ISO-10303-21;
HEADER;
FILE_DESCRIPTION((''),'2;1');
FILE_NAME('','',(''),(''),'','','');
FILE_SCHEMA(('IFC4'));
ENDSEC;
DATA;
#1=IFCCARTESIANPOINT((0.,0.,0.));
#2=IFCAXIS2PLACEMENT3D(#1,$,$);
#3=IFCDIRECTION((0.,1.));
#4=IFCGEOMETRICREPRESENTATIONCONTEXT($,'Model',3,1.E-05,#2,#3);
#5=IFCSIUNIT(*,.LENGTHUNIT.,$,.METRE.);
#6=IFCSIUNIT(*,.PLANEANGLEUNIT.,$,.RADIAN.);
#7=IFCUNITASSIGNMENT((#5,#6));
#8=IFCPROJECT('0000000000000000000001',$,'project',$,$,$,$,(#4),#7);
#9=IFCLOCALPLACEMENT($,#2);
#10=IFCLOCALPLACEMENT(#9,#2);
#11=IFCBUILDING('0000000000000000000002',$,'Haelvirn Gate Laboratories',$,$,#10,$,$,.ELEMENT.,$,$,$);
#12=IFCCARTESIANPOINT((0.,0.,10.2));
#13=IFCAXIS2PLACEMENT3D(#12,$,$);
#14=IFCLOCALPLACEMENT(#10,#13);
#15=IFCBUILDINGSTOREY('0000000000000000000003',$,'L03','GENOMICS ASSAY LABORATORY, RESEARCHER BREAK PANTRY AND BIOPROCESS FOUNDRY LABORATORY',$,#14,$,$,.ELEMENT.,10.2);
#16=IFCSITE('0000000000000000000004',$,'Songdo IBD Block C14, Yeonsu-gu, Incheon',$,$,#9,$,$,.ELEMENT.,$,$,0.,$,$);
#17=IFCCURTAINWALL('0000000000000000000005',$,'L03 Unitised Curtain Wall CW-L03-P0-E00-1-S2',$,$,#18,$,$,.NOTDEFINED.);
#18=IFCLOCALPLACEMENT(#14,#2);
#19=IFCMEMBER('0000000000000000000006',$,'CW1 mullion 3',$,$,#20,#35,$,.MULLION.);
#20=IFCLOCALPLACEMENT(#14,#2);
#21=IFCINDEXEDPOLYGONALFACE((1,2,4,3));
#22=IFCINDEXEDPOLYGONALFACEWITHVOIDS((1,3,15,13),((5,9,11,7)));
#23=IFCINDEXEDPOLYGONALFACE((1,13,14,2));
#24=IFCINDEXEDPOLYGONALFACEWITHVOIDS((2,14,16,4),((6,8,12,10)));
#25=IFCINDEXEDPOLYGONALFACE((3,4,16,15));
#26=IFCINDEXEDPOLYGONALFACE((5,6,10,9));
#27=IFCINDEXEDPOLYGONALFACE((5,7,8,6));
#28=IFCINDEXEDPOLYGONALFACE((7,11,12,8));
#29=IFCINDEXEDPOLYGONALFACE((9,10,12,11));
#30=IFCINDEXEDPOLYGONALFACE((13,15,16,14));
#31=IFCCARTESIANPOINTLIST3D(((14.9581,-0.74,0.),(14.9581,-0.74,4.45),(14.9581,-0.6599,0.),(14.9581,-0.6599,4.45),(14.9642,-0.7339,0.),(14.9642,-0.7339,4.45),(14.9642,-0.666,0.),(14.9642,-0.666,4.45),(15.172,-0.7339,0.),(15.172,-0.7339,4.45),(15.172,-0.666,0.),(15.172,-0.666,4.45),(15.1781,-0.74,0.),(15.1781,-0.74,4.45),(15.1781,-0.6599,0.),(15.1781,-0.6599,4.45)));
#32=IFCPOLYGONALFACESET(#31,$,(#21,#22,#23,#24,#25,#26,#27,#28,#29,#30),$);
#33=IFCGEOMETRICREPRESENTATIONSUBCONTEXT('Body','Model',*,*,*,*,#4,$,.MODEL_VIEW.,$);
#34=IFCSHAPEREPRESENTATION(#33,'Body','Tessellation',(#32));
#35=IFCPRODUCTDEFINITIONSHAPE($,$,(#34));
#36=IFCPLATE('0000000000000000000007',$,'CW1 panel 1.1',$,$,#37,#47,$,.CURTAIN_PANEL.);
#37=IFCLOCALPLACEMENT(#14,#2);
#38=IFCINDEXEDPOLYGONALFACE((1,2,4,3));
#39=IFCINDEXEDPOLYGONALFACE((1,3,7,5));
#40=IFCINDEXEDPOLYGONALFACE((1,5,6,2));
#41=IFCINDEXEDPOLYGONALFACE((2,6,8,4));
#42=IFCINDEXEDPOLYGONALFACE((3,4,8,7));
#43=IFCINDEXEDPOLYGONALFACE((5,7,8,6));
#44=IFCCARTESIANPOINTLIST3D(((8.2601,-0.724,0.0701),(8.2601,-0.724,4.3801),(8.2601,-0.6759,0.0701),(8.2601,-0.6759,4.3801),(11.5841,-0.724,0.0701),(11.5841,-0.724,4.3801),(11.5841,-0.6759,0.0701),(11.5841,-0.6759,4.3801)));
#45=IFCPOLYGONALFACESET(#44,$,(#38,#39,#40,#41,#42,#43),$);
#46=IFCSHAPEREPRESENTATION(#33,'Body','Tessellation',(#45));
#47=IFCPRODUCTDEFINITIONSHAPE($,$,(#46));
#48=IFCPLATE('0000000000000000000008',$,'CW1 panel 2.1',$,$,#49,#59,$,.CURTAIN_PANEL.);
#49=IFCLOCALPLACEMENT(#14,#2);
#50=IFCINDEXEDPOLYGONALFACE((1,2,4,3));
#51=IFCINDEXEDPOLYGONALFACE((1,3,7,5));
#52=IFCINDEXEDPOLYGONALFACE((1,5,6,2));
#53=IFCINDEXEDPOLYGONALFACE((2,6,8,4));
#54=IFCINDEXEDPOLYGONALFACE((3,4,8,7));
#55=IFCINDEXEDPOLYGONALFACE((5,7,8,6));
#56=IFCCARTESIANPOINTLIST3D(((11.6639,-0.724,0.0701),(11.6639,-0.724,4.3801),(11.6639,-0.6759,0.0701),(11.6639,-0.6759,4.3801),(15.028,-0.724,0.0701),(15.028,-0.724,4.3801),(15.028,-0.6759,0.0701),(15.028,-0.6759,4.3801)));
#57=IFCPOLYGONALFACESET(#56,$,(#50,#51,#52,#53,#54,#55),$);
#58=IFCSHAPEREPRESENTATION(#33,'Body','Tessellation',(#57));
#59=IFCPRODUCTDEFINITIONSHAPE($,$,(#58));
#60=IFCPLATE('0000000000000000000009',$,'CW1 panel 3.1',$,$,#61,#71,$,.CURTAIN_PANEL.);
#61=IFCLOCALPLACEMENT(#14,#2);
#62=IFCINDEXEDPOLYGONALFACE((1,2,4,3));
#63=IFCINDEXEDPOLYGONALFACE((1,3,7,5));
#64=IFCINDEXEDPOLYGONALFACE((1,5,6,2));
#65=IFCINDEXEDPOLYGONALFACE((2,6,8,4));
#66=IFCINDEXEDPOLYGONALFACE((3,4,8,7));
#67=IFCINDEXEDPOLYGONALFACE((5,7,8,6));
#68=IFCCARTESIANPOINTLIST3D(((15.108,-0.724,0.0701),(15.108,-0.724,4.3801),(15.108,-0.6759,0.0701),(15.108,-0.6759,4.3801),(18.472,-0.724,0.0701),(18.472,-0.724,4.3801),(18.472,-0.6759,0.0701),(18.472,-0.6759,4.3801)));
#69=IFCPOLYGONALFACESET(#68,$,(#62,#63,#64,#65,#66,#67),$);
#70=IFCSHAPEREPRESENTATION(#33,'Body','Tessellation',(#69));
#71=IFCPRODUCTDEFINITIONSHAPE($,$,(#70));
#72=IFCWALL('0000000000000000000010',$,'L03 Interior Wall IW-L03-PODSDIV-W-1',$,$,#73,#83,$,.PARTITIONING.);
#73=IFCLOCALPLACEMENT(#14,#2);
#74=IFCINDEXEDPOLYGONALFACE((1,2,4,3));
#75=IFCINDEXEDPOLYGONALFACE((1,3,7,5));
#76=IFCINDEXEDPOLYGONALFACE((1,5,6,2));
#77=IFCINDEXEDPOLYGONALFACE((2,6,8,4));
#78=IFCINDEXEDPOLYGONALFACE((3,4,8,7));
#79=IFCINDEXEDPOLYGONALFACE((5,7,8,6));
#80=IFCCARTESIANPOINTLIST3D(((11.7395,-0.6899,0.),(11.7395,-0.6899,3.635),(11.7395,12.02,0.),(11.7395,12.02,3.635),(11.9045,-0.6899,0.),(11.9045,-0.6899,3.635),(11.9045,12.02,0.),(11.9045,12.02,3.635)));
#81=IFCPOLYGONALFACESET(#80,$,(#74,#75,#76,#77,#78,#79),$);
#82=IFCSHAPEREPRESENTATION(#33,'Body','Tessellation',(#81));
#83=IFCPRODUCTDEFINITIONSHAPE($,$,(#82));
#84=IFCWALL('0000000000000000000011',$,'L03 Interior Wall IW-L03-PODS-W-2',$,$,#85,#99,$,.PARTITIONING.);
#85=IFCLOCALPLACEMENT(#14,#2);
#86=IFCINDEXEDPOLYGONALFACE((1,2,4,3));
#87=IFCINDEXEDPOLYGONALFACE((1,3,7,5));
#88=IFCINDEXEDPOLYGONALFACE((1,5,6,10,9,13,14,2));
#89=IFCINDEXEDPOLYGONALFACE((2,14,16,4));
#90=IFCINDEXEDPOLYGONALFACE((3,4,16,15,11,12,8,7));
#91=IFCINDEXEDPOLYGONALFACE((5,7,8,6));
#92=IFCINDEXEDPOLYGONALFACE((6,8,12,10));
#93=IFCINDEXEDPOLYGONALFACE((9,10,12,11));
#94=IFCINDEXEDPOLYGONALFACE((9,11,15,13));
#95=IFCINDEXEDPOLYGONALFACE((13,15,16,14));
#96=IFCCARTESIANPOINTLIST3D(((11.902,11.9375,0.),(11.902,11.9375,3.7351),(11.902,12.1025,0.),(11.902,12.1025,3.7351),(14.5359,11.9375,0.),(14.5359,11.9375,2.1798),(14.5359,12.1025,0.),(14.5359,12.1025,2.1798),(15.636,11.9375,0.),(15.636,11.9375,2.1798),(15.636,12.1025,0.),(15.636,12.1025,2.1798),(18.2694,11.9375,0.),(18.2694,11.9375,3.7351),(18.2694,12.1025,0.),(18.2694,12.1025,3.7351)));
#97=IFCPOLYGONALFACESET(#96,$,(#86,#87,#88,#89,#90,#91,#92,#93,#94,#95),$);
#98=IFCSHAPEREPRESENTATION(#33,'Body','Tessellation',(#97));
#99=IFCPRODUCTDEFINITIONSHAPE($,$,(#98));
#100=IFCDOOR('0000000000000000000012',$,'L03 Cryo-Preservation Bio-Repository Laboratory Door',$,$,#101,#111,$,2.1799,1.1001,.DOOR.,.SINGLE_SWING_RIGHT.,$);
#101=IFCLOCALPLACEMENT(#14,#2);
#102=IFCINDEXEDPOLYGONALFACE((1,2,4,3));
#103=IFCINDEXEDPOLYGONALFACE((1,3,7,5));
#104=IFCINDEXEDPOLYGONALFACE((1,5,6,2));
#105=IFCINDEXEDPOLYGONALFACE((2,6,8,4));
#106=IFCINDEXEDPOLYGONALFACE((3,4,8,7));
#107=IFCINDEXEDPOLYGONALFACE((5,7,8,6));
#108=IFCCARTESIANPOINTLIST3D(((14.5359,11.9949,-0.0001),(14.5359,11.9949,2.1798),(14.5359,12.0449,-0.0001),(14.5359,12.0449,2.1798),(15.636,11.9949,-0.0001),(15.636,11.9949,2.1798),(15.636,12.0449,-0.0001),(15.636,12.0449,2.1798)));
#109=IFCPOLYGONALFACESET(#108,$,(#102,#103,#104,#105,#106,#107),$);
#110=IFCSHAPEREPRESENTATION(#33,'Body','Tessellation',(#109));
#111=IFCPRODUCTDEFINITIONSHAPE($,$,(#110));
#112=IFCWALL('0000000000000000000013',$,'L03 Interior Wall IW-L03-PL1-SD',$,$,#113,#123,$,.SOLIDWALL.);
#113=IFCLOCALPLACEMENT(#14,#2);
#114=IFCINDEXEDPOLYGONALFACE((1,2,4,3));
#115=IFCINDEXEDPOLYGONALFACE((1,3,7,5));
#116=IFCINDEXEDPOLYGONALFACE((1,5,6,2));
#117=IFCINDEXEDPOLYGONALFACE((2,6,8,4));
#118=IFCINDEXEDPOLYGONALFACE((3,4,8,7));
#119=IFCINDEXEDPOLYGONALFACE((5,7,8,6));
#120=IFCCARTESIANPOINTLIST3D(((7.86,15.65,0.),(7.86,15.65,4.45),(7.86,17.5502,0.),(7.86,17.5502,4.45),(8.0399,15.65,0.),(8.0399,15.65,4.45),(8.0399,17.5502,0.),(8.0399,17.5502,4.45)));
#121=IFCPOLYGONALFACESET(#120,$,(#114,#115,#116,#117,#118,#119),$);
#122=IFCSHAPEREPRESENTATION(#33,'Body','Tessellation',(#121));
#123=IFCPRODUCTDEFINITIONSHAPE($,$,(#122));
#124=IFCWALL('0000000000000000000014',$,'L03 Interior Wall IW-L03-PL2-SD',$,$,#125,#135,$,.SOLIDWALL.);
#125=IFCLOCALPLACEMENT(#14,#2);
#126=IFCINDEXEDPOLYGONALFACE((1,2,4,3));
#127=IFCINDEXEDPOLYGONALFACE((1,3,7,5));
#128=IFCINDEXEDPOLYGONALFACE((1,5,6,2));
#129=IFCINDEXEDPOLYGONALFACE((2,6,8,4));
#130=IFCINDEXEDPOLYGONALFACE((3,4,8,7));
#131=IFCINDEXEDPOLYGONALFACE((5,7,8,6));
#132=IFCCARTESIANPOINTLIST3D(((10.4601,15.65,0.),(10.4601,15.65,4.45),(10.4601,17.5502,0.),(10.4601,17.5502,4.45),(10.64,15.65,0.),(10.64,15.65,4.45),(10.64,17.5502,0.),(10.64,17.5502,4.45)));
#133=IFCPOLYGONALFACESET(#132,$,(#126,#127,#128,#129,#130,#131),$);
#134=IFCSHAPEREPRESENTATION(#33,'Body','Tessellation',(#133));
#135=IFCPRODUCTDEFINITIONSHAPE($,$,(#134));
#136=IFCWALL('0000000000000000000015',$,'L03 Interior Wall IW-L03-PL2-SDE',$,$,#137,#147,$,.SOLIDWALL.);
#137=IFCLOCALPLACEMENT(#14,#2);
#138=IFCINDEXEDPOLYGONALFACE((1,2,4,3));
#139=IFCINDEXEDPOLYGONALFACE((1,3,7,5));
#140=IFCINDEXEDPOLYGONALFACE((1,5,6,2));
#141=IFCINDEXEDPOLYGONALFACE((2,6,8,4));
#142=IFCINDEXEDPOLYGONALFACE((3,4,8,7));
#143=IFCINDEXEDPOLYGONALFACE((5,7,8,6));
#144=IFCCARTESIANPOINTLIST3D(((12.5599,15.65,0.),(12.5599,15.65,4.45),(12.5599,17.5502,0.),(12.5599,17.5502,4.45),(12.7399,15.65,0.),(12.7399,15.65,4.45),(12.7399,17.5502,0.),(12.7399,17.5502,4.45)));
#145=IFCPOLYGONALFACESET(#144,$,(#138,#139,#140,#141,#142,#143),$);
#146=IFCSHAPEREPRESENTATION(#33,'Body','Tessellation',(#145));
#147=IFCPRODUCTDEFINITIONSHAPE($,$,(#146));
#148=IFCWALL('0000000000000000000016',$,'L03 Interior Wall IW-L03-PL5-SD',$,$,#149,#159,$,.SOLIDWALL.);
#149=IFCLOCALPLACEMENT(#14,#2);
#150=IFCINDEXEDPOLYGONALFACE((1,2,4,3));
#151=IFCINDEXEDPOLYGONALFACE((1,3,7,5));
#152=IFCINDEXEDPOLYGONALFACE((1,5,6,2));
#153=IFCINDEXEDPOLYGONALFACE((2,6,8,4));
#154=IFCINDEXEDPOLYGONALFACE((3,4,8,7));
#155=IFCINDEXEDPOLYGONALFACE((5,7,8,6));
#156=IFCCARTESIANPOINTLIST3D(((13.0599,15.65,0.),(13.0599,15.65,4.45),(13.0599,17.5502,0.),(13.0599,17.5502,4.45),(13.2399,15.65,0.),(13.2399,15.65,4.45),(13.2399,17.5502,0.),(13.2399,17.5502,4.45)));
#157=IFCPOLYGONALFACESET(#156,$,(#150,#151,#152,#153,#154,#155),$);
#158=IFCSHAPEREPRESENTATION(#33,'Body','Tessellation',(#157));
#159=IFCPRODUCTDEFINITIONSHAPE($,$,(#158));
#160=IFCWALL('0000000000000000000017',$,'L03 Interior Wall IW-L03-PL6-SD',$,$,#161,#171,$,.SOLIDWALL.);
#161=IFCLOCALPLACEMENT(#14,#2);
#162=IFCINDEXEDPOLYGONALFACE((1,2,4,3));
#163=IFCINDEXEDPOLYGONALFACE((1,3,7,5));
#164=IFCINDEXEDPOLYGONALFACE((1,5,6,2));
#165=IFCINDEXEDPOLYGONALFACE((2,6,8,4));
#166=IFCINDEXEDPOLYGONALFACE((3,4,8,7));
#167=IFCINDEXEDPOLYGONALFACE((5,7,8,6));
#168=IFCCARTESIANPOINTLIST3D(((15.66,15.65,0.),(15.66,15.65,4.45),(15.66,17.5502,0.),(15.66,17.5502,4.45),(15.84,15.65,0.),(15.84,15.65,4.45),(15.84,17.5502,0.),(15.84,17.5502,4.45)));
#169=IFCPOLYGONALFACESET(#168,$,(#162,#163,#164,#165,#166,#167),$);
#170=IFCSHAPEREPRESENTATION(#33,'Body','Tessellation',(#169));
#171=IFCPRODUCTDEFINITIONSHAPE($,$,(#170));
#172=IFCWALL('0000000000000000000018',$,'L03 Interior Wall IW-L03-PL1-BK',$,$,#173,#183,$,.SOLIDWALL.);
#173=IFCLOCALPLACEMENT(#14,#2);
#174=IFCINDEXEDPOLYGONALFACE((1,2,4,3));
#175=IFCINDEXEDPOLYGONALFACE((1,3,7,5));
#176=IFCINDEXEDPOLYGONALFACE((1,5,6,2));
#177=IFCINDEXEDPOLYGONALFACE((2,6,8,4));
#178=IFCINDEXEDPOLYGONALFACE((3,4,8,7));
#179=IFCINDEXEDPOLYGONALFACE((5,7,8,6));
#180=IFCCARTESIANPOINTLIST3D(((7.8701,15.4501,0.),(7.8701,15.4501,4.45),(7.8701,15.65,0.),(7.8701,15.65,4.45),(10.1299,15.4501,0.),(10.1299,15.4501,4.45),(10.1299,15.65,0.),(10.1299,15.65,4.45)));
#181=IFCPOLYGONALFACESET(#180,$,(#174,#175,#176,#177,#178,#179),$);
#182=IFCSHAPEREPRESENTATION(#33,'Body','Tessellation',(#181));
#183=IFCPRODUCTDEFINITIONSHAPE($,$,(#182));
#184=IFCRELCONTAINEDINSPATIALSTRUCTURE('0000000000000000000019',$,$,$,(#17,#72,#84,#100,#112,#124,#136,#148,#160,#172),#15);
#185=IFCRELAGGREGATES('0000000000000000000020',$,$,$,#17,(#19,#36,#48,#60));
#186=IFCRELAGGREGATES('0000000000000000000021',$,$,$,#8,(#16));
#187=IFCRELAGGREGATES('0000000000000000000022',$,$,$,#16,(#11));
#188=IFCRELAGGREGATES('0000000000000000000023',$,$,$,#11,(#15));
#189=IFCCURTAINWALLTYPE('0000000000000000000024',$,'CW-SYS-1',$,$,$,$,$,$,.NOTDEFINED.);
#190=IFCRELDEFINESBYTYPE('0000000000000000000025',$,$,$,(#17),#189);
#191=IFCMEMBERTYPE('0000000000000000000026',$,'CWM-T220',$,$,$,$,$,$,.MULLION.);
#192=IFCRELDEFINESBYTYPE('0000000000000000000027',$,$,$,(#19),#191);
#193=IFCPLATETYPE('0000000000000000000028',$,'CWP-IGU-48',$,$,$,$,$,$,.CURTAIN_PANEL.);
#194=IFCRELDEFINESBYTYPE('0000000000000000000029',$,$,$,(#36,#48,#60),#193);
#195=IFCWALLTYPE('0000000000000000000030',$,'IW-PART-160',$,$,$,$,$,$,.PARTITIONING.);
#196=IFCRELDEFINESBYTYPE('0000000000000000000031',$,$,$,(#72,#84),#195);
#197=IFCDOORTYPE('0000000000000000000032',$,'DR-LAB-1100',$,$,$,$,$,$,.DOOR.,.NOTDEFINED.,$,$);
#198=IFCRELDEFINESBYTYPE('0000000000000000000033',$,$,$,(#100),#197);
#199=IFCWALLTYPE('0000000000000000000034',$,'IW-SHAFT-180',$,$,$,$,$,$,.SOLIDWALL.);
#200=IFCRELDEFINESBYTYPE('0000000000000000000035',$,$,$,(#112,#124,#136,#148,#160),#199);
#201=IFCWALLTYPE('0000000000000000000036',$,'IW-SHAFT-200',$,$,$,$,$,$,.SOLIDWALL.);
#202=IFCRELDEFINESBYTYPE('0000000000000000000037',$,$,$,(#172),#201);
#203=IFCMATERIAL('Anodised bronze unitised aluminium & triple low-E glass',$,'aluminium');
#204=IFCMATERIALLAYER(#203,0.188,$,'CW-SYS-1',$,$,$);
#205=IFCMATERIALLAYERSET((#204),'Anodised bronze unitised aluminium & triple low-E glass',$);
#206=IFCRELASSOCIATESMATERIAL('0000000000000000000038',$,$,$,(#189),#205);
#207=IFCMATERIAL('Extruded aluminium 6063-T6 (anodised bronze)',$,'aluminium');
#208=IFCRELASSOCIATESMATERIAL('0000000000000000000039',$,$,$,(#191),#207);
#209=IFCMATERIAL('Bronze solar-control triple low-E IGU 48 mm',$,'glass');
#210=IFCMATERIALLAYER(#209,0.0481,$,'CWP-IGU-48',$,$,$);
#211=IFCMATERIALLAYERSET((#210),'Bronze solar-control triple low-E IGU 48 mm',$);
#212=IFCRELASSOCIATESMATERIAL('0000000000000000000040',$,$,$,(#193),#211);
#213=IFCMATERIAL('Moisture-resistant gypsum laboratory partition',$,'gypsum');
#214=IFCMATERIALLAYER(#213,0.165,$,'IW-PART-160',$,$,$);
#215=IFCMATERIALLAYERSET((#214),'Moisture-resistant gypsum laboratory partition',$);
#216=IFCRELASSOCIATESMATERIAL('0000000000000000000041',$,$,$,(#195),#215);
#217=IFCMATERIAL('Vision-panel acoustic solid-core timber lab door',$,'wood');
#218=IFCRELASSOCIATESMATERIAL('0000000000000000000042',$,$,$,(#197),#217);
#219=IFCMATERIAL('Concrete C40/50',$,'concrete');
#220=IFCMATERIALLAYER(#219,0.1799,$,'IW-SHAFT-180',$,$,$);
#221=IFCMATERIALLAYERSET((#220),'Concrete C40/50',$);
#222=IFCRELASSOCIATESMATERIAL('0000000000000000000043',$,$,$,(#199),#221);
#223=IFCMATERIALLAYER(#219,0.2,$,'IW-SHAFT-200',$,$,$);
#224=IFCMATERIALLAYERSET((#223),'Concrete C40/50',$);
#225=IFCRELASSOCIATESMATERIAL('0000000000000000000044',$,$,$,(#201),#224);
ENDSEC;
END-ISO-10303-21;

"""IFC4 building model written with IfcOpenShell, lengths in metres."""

from ifc_helpers import new_model, si_unit, direction, frame, frame_2d, origin, origin_2d, place, context, subcontext, project, spatial, rectangle, hollow_rectangle, extrude, source, transform, mapped, material, layer, layer_set, material_profile, profile_set, type_object, type_shapes, element, fill, aggregate, save


model = new_model("IFC4")

# Units and contexts
model_context = context("Model", 3, precision=1e-05, world=origin(), true_north=direction((0.0, 1.0)))
body_context = subcontext(model_context, "Body", "Model", "MODEL_VIEW")
ifc_project = project(units=[si_unit("LENGTHUNIT", "METRE"), si_unit("PLANEANGLEUNIT", "RADIAN")], contexts=[model_context])

# Site, building, storey
site_placement = place(None, origin())
site = spatial("IfcSite", under=ifc_project, at=site_placement, Name="Songdo IBD Block C14, Yeonsu-gu, Incheon", CompositionType="ELEMENT", RefElevation=0.0)
building_placement = place(site_placement, origin())
building = spatial("IfcBuilding", under=site, at=building_placement, Name="Haelvirn Gate Laboratories", CompositionType="ELEMENT")
storey_placement = place(building_placement, frame((0.0, 0.0, 10.2)))
storey = spatial("IfcBuildingStorey", under=building, at=storey_placement, Name="L03", Description="GENOMICS ASSAY LABORATORY, RESEARCHER BREAK PANTRY AND BIOPROCESS FOUNDRY LABORATORY", CompositionType="ELEMENT", Elevation=10.2)

# Curtain wall, member, plates
ifc_material_1 = material(Name="Anodised bronze unitised aluminium & triple low-E glass", Category="aluminium")
ifc_layer_1 = layer(ifc_material_1, 0.188, Name="CW-SYS-1")
ifc_layer_set_1 = layer_set([ifc_layer_1], Name="Anodised bronze unitised aluminium & triple low-E glass")
curtain_wall_type = type_object("IfcCurtainWallType", Name="CW-SYS-1", PredefinedType="NOTDEFINED", material=ifc_layer_set_1)
curtain_wall_placement = place(storey_placement, origin())
curtain_wall = element("IfcCurtainWall", 1, at=curtain_wall_placement, inside=storey, type_object=curtain_wall_type, Name="L03 Unitised Curtain Wall CW-L03-P0-E00-1-S2", PredefinedType="NOTDEFINED")
ifc_material_2 = material(Name="Extruded aluminium 6063-T6 (anodised bronze)", Category="aluminium")
ifc_material_profile_1 = material_profile(ifc_material_2, hollow_rectangle(XDim=0.0801, YDim=0.22, WallThickness=0.0061, at=origin_2d()), Name="CWM-220x80x6")
ifc_profile_set_1 = profile_set([ifc_material_profile_1], Name="Extruded aluminium 6063-T6 (anodised bronze)")
member_type_1 = type_object("IfcMemberType", Name="CWM-T220", PredefinedType="MULLION", material=ifc_profile_set_1)
shared_shape_1 = source(origin(), body_context, "Body", "SweptSolid", [
    extrude(hollow_rectangle(XDim=0.0801, YDim=0.22, WallThickness=0.0061, at=origin_2d()), origin(), (0.0, 0.0, 1.0), 4.45),
])
type_shapes(member_type_1, [shared_shape_1])
member_1_placement = place(storey_placement, frame((15.0681, -0.7, 0.0), z_axis=(0.0, 0.0, 1.0), x_axis=(0.0, 1.0, 0.0)))
member_1 = element("IfcMember", 2, at=member_1_placement, type_object=member_type_1, Name="CW1 mullion 3", PredefinedType="MULLION", context=body_context, shape_type="MappedRepresentation", body=[
    mapped(shared_shape_1, transform((0.0, 0.0, 0.0), scale=1.0)),
])
ifc_material_3 = material(Name="Bronze solar-control triple low-E IGU 48 mm", Category="glass")
ifc_layer_2 = layer(ifc_material_3, 0.0481, Name="CWP-IGU-48")
ifc_layer_set_2 = layer_set([ifc_layer_2], Name="Bronze solar-control triple low-E IGU 48 mm")
plate_type = type_object("IfcPlateType", Name="CWP-IGU-48", PredefinedType="CURTAIN_PANEL", material=ifc_layer_set_2)
shared_shape_2 = source(origin(), body_context, "Body", "SweptSolid", [
    extrude(rectangle(XDim=3.324, YDim=0.0481, at=origin_2d()), origin(), (0.0, 0.0, 1.0), 4.3101),
])
plate_1_placement = place(storey_placement, frame((9.9221, -0.7, 0.0701), z_axis=(0.0, 0.0, 1.0), x_axis=(1.0, 0.0, 0.0)))
plate_1 = element("IfcPlate", 3, at=plate_1_placement, type_object=plate_type, Name="CW1 panel 1.1", PredefinedType="CURTAIN_PANEL", context=body_context, shape_type="MappedRepresentation", body=[
    mapped(shared_shape_2, transform((0.0, 0.0, 0.0), scale=1.0)),
])
shared_shape_3 = source(origin(), body_context, "Body", "SweptSolid", [
    extrude(rectangle(XDim=3.364, YDim=0.0481, at=origin_2d()), origin(), (0.0, 0.0, 1.0), 4.3101),
])
type_shapes(plate_type, [shared_shape_2, shared_shape_3])
plate_2_placement = place(storey_placement, frame((13.3459, -0.7, 0.0701), z_axis=(0.0, 0.0, 1.0), x_axis=(1.0, 0.0, 0.0)))
plate_2 = element("IfcPlate", 4, at=plate_2_placement, type_object=plate_type, Name="CW1 panel 2.1", PredefinedType="CURTAIN_PANEL", context=body_context, shape_type="MappedRepresentation", body=[
    mapped(shared_shape_3, transform((0.0, 0.0, 0.0), scale=1.0)),
])
plate_3_placement = place(storey_placement, frame((16.79, -0.7, 0.0701), z_axis=(0.0, 0.0, 1.0), x_axis=(1.0, 0.0, 0.0)))
plate_3 = element("IfcPlate", 5, at=plate_3_placement, type_object=plate_type, Name="CW1 panel 3.1", PredefinedType="CURTAIN_PANEL", context=body_context, shape_type="MappedRepresentation", body=[
    mapped(shared_shape_3, transform((0.0, 0.0, 0.0), scale=1.0)),
])
aggregate(curtain_wall, [member_1, plate_1, plate_2, plate_3])

# Wall
ifc_material_4 = material(Name="Moisture-resistant gypsum laboratory partition", Category="gypsum")
ifc_layer_3 = layer(ifc_material_4, 0.165, Name="IW-PART-160")
ifc_layer_set_3 = layer_set([ifc_layer_3], Name="Moisture-resistant gypsum laboratory partition")
wall_type_1 = type_object("IfcWallType", Name="IW-PART-160", PredefinedType="PARTITIONING", material=ifc_layer_set_3)
wall_1_placement = place(storey_placement, frame((11.822, -0.6899, 0.0), z_axis=(0.0, 0.0, 1.0), x_axis=(0.0, 1.0, 0.0)))
element("IfcWall", 6, at=wall_1_placement, inside=storey, type_object=wall_type_1, Name="L03 Interior Wall IW-L03-PODSDIV-W-1", PredefinedType="PARTITIONING", context=body_context, shape_type="SweptSolid", body=[
    extrude(rectangle(XDim=12.71, YDim=0.165, at=frame_2d((6.355, 0.0))), origin(), (0.0, 0.0, 1.0), 3.635),
])

# Wall, opening, door
wall_2_placement = place(storey_placement, frame((11.9021, 12.02, 0.0), z_axis=(0.0, 0.0, 1.0), x_axis=(1.0, 0.0, 0.0)))
wall_2 = element("IfcWall", 7, at=wall_2_placement, inside=storey, type_object=wall_type_1, Name="L03 Interior Wall IW-L03-PODS-W-2", PredefinedType="PARTITIONING", context=body_context, shape_type="SweptSolid", body=[
    extrude(rectangle(XDim=6.3674, YDim=0.165, at=frame_2d((3.1836, 0.0))), origin(), (0.0, 0.0, 1.0), 3.7351),
])
opening_placement = place(wall_2_placement, frame((2.6338, 0.0, 0.0)))
opening = element("IfcOpeningElement", 8, at=opening_placement, cuts=wall_2, PredefinedType="OPENING", context=body_context, shape_type="SweptSolid", body=[
    extrude(rectangle(XDim=1.1001, YDim=2.1799, at=frame_2d((0.55, 1.0898))), frame((0.0, 0.0925, 0.0), z_axis=(0.0, -1.0, 0.0), x_axis=(1.0, 0.0, 0.0)), (0.0, 0.0, 1.0), 0.1851),
])
ifc_material_5 = material(Name="Vision-panel acoustic solid-core timber lab door", Category="wood")
door_type = type_object("IfcDoorType", Name="DR-LAB-1100", OperationType="NOTDEFINED", PredefinedType="DOOR", material=ifc_material_5)
shared_shape_4 = source(origin(), body_context, "Body", "SweptSolid", [
    extrude(rectangle(XDim=1.1001, YDim=2.1799, at=frame_2d((0.55, 1.0898))), frame((0.0, 0.0249, 0.0), z_axis=(0.0, -1.0, 0.0), x_axis=(1.0, 0.0, 0.0)), (0.0, 0.0, 1.0), 0.05),
])
type_shapes(door_type, [shared_shape_4])
door_placement = place(opening_placement, origin())
door = element("IfcDoor", 9, at=door_placement, inside=storey, type_object=door_type, Name="L03 Cryo-Preservation Bio-Repository Laboratory Door", OperationType="SINGLE_SWING_RIGHT", OverallHeight=2.1799, OverallWidth=1.1001, PredefinedType="DOOR", context=body_context, shape_type="MappedRepresentation", body=[
    mapped(shared_shape_4, transform((0.0, 0.0, 0.0), scale=1.0)),
])
fill(opening, door)

# Walls
ifc_material_6 = material(Name="Concrete C40/50", Category="concrete")
ifc_layer_4 = layer(ifc_material_6, 0.1799, Name="IW-SHAFT-180")
ifc_layer_set_4 = layer_set([ifc_layer_4], Name="Concrete C40/50")
wall_type_2 = type_object("IfcWallType", Name="IW-SHAFT-180", PredefinedType="SOLIDWALL", material=ifc_layer_set_4)
for number, where, z_axis, x_axis, name in (
    (10, (7.95, 15.6499, 0.0), (0.0, 0.0, 1.0), (0.0, 1.0, 0.0), "L03 Interior Wall IW-L03-PL1-SD"),
    (11, (10.55, 15.6499, 0.0), (0.0, 0.0, 1.0), (0.0, 1.0, 0.0), "L03 Interior Wall IW-L03-PL2-SD"),
    (12, (12.6499, 15.6499, 0.0), (0.0, 0.0, 1.0), (0.0, 1.0, 0.0), "L03 Interior Wall IW-L03-PL2-SDE"),
    (13, (13.1499, 15.6499, 0.0), (0.0, 0.0, 1.0), (0.0, 1.0, 0.0), "L03 Interior Wall IW-L03-PL5-SD"),
    (14, (15.75, 15.6499, 0.0), (0.0, 0.0, 1.0), (0.0, 1.0, 0.0), "L03 Interior Wall IW-L03-PL6-SD"),
):
    element("IfcWall", number, at=place(storey_placement, frame(where, z_axis=z_axis, x_axis=x_axis)), inside=storey, type_object=wall_type_2, Name=name, PredefinedType="SOLIDWALL", context=body_context, shape_type="SweptSolid", body=[
        extrude(rectangle(XDim=1.9001, YDim=0.1799, at=frame_2d((0.9502, 0.0))), origin(), (0.0, 0.0, 1.0), 4.45),
    ])
ifc_layer_5 = layer(ifc_material_6, 0.2, Name="IW-SHAFT-200")
ifc_layer_set_5 = layer_set([ifc_layer_5], Name="Concrete C40/50")
wall_type_3 = type_object("IfcWallType", Name="IW-SHAFT-200", PredefinedType="SOLIDWALL", material=ifc_layer_set_5)
wall_3_placement = place(storey_placement, frame((7.8701, 15.55, 0.0), z_axis=(0.0, 0.0, 1.0), x_axis=(1.0, 0.0, 0.0)))
element("IfcWall", 15, at=wall_3_placement, inside=storey, type_object=wall_type_3, Name="L03 Interior Wall IW-L03-PL1-BK", PredefinedType="SOLIDWALL", context=body_context, shape_type="SweptSolid", body=[
    extrude(rectangle(XDim=2.2598, YDim=0.2, at=frame_2d((1.1299, 0.0))), origin(), (0.0, 0.0, 1.0), 4.45),
])

save(model, "model.ifc")
